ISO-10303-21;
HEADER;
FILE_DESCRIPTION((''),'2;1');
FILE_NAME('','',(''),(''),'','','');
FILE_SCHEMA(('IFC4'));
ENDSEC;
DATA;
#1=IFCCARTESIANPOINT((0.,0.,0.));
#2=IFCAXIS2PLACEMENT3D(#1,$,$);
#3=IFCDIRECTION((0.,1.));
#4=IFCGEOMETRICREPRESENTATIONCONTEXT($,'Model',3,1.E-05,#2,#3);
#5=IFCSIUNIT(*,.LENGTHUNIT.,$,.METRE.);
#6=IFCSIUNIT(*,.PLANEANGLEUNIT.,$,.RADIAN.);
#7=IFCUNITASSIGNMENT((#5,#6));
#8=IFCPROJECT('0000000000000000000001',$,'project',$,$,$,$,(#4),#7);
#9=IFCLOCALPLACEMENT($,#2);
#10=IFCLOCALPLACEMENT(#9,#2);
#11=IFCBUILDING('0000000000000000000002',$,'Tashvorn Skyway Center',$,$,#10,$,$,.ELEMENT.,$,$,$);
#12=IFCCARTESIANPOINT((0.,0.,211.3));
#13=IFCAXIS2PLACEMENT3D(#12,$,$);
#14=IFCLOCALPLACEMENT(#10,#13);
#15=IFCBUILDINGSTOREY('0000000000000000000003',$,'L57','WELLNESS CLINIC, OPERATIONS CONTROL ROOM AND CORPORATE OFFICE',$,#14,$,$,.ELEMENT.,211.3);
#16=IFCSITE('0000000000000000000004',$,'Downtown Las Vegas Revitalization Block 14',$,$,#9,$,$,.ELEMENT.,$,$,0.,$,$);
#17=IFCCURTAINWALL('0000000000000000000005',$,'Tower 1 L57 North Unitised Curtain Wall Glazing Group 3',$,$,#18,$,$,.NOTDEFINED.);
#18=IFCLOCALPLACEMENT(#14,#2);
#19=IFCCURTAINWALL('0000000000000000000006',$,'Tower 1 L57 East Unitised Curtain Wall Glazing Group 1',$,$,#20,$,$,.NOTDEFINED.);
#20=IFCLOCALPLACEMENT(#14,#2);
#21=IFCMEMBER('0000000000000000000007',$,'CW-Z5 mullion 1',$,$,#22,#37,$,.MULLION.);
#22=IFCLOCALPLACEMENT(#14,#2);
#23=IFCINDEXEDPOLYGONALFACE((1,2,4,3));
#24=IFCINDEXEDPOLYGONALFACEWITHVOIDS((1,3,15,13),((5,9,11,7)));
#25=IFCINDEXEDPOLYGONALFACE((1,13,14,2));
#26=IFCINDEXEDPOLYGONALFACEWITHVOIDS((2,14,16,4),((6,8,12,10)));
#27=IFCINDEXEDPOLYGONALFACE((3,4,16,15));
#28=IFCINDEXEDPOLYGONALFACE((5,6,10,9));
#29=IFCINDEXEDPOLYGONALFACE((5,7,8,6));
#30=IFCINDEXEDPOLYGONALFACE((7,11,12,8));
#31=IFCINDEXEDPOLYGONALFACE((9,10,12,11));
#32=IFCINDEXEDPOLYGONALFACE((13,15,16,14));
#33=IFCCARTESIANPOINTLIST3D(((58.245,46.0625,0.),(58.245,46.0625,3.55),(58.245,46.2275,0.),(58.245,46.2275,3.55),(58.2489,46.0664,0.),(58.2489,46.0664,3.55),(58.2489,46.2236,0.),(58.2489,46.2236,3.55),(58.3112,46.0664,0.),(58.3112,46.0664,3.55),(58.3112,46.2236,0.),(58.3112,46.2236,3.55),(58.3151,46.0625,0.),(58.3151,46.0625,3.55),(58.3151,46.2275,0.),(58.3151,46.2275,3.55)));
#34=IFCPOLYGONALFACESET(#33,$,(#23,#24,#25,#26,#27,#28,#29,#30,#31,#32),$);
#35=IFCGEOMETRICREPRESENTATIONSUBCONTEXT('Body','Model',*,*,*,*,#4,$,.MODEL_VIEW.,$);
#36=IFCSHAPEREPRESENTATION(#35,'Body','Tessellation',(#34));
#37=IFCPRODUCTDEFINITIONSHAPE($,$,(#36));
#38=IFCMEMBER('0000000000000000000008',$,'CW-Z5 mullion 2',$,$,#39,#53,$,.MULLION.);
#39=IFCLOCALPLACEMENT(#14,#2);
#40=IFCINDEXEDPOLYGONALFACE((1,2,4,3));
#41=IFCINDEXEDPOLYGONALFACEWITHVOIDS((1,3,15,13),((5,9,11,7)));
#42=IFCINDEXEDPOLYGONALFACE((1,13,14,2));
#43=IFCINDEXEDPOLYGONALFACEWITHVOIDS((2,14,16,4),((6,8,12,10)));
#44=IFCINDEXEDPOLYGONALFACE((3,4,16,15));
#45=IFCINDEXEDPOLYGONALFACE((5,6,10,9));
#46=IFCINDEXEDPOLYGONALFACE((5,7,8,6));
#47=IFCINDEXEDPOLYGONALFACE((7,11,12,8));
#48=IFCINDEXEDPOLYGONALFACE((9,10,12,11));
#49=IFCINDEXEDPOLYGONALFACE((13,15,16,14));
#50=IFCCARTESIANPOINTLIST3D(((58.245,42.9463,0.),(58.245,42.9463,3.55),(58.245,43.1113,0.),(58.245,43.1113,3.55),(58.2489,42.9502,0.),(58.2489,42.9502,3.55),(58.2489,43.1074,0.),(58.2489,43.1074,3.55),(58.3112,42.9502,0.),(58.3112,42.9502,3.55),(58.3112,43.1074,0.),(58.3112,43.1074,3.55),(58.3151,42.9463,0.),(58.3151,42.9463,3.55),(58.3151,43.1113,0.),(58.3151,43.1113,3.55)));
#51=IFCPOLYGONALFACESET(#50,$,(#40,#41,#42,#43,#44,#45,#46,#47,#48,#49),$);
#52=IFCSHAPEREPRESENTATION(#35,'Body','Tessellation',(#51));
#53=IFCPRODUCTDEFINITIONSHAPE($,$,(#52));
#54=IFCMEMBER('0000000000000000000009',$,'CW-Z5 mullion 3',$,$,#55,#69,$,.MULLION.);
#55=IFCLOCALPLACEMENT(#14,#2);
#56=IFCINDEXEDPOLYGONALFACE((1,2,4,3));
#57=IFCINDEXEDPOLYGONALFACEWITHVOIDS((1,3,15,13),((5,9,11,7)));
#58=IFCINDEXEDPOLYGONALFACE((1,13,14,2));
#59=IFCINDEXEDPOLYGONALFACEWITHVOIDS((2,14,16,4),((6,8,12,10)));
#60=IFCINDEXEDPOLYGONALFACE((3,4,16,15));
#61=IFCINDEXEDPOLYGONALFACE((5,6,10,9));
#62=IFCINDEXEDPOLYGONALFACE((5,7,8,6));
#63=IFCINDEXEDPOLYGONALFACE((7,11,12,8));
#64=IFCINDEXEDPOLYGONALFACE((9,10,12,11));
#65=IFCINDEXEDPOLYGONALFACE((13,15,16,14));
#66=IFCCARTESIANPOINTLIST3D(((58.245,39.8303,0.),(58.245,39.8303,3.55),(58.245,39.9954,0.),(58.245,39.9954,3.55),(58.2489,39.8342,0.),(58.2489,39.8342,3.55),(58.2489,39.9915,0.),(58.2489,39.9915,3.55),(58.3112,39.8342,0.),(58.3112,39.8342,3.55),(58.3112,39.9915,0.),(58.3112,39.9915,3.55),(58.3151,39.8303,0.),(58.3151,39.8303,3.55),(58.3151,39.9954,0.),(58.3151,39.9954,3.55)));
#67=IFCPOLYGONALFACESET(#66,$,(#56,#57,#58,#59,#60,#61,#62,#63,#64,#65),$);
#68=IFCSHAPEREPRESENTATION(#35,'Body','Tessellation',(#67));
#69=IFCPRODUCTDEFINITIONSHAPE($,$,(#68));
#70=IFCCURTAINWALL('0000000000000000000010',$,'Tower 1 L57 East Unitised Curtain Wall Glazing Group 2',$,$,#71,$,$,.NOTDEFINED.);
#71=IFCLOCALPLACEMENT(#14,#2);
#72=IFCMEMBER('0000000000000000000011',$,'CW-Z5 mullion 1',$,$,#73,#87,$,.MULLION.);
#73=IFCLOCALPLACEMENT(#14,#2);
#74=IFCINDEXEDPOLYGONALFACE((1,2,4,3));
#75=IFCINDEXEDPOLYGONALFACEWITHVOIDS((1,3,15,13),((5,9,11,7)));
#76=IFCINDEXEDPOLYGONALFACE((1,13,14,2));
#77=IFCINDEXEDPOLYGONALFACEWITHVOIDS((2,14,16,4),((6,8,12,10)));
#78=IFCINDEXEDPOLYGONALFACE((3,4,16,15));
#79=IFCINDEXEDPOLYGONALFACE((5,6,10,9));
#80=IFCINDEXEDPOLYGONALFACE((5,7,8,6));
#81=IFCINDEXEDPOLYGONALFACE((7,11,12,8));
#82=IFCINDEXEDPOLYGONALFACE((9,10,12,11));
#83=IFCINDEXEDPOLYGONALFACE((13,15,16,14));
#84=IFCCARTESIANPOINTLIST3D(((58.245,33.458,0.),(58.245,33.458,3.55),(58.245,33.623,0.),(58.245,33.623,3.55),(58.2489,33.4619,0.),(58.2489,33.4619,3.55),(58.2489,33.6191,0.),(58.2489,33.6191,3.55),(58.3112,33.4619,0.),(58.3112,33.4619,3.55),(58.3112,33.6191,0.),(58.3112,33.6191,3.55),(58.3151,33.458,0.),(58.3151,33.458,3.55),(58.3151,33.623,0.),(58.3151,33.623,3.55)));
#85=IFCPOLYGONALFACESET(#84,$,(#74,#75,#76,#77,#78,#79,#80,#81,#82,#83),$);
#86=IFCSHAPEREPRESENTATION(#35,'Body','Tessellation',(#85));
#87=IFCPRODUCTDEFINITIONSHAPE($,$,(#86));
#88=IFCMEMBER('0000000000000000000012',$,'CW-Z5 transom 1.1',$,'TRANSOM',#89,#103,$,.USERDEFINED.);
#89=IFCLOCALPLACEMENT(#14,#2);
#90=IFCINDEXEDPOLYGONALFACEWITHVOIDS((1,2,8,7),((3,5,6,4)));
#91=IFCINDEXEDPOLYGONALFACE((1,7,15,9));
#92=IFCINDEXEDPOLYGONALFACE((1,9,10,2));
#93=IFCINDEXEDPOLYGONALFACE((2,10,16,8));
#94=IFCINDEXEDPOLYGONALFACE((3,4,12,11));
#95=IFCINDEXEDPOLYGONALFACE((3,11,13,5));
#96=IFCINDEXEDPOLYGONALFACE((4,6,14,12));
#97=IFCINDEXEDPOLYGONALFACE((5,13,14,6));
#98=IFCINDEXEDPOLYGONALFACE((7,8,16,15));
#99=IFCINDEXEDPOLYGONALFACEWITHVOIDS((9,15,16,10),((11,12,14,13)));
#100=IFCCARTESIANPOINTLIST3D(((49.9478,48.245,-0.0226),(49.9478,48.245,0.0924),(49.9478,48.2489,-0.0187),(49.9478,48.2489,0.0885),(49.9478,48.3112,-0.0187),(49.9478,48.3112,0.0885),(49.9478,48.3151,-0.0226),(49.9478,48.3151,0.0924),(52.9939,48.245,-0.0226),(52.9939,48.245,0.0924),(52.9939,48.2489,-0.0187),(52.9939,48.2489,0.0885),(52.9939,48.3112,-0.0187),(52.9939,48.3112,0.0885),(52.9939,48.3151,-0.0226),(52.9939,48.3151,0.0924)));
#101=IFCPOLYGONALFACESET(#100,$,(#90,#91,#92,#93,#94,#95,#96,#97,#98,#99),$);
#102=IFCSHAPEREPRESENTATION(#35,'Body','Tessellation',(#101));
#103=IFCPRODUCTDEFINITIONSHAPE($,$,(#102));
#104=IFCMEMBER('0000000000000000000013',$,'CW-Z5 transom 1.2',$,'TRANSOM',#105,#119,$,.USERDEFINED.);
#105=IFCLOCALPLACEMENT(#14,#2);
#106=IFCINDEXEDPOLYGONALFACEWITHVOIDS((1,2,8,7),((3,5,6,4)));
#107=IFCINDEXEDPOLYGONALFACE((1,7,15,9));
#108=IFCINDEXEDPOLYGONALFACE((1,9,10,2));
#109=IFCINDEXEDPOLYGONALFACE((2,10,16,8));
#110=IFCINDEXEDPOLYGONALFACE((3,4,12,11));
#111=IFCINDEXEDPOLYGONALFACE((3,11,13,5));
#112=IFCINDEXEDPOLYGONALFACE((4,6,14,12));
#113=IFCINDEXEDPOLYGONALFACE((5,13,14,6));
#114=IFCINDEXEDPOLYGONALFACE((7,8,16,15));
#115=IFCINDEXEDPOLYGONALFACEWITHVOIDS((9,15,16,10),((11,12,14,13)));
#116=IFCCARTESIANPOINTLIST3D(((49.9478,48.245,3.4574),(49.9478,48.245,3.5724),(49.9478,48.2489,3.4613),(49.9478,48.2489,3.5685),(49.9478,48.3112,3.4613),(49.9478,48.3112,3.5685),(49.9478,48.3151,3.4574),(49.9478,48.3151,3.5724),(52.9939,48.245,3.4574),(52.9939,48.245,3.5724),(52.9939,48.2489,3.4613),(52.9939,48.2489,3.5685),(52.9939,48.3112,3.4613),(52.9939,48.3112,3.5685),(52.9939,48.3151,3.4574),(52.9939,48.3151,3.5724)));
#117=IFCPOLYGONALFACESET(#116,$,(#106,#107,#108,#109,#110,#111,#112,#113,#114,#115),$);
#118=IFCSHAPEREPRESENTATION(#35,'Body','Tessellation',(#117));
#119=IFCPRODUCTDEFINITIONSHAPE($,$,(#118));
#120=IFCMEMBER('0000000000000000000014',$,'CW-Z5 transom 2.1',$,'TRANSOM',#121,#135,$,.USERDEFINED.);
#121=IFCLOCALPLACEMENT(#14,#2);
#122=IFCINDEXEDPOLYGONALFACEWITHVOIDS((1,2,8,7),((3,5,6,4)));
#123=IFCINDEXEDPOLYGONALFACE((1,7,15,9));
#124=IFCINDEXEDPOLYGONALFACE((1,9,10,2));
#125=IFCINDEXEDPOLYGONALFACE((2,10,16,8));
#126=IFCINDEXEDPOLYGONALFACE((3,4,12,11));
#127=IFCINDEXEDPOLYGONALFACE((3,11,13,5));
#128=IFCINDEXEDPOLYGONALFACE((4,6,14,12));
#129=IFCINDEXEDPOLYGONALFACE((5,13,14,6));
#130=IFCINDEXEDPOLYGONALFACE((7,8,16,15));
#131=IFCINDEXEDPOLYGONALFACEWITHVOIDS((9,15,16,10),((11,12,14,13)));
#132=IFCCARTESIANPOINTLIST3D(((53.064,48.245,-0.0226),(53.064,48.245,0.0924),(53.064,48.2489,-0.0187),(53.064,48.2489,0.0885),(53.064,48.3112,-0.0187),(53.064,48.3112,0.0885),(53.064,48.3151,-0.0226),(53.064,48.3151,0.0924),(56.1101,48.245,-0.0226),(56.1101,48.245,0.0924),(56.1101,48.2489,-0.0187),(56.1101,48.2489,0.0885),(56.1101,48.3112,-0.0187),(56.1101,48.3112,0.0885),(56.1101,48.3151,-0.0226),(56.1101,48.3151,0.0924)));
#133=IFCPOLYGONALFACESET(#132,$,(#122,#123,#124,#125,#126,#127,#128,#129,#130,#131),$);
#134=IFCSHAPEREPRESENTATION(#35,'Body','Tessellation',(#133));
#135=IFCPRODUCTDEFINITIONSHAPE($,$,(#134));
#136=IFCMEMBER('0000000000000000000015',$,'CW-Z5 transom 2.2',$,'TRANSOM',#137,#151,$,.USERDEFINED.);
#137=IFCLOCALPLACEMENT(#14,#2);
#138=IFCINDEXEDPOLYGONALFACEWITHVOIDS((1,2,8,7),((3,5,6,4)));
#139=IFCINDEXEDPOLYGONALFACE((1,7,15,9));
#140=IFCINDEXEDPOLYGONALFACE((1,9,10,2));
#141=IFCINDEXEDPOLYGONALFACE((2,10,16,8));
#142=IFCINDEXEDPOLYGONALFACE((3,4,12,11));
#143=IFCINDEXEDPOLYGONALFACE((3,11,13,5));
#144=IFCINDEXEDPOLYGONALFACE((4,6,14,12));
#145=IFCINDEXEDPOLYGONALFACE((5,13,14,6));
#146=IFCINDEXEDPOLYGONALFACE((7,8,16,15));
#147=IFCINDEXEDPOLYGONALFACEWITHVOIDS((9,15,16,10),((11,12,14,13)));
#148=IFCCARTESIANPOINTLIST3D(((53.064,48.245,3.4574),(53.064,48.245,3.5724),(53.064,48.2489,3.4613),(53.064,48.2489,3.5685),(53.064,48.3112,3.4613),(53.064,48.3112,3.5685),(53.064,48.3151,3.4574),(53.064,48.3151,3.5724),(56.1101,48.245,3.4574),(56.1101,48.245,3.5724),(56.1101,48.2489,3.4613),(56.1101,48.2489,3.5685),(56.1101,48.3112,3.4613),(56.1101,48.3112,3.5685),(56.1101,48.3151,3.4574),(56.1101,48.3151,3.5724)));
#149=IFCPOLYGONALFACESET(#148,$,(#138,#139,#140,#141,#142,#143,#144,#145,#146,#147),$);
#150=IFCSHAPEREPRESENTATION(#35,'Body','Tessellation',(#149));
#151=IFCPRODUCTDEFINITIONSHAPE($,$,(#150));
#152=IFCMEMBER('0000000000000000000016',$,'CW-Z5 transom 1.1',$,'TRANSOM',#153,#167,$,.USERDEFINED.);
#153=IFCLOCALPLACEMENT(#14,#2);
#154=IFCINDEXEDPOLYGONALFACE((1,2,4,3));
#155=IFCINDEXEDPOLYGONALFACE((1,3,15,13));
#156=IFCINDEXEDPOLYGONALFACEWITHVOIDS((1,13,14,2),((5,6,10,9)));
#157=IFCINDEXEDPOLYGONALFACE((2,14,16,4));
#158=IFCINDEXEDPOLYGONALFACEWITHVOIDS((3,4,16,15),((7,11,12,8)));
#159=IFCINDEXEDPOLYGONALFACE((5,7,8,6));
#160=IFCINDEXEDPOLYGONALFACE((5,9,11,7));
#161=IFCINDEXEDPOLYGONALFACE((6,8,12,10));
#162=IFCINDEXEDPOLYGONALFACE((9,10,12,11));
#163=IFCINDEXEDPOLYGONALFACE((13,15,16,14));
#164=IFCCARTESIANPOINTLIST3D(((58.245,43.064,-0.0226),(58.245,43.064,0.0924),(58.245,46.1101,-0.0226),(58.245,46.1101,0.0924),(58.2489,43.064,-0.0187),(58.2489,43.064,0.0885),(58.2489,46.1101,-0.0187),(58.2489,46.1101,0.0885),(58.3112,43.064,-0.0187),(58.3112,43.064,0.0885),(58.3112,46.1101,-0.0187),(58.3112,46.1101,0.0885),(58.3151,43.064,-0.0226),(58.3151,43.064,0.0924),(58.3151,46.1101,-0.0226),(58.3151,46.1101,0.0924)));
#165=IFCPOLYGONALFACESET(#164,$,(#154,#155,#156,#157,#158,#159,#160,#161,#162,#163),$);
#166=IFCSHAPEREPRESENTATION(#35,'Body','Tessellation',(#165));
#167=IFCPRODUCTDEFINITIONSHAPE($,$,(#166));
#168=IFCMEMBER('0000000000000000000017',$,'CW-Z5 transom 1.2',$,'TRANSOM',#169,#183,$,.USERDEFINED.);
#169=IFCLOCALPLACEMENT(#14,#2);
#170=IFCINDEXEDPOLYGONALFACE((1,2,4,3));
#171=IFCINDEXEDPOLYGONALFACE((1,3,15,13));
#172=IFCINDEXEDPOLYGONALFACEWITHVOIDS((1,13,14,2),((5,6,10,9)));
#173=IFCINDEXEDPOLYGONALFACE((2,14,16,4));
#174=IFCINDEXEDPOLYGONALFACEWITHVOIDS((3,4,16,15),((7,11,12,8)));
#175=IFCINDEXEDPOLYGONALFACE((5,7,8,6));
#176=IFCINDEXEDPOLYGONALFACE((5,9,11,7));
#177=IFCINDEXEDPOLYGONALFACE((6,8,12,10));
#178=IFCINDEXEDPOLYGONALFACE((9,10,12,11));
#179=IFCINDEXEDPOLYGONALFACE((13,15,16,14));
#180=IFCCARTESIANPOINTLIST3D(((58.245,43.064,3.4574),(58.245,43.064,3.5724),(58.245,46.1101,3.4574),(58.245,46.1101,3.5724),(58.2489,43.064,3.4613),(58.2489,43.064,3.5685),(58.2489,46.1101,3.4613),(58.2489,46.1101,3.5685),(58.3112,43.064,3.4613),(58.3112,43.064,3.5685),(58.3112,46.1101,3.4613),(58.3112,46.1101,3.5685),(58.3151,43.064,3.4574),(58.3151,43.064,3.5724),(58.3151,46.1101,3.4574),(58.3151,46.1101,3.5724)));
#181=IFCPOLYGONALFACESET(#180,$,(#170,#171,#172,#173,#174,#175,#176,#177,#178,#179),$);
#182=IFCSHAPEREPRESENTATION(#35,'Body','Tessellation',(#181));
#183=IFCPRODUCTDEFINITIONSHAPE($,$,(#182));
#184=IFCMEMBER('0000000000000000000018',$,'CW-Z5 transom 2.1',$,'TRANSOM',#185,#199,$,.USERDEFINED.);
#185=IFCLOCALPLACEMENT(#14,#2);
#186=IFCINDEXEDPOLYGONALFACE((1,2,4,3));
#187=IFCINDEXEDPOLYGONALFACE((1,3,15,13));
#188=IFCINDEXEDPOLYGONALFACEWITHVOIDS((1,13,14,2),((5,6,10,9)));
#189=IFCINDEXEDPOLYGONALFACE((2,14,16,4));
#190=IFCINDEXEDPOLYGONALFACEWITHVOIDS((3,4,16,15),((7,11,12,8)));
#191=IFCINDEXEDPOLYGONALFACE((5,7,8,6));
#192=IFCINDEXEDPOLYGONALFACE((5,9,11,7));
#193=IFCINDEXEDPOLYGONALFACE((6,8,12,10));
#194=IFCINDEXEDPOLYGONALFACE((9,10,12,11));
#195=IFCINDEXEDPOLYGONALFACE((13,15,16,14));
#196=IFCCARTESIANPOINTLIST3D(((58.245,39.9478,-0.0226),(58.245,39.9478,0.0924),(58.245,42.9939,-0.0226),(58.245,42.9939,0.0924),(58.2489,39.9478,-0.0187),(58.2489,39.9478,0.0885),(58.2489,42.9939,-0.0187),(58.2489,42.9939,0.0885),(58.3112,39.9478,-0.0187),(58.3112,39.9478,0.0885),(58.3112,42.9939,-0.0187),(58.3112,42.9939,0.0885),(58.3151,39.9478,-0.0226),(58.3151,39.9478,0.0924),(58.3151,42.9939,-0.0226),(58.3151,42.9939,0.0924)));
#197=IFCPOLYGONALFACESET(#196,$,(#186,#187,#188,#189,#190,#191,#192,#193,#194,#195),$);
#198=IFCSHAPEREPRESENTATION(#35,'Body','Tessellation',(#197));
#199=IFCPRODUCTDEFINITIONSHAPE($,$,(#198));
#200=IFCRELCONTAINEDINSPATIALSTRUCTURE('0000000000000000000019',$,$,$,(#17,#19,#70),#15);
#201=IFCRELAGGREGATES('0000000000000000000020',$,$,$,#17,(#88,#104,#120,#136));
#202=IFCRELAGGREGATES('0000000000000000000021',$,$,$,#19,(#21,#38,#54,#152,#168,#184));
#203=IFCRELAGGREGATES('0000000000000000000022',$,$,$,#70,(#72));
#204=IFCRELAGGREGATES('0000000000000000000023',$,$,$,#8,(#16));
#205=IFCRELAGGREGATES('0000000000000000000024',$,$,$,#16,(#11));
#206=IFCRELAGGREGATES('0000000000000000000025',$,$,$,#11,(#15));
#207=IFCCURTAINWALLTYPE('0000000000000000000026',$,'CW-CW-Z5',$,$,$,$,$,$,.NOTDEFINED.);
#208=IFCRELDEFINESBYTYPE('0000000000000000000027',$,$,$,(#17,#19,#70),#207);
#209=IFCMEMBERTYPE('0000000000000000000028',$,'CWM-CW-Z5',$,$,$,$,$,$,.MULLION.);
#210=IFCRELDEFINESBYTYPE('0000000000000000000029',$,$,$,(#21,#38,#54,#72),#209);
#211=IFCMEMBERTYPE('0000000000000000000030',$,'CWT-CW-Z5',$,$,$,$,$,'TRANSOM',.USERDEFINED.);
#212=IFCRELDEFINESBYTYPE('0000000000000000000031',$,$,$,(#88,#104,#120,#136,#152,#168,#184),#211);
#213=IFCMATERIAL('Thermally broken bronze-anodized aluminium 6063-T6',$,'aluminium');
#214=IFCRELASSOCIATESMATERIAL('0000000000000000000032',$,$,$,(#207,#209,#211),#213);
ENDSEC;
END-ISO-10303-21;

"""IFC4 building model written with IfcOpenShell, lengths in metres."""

from ifc_helpers import new_model, si_unit, direction, frame, origin, origin_2d, place, context, subcontext, project, spatial, hollow_rectangle, extrude, material, material_profile, profile_set, type_object, element, aggregate, save


model = new_model("IFC4")

# Units and contexts
model_context = context("Model", 3, precision=1e-05, world=origin(), true_north=direction((0.0, 1.0)))
body_context = subcontext(model_context, "Body", "Model", "MODEL_VIEW")
ifc_project = project(units=[si_unit("LENGTHUNIT", "METRE"), si_unit("PLANEANGLEUNIT", "RADIAN")], contexts=[model_context])

# Site, building, storey
site_placement = place(None, origin())
site = spatial("IfcSite", under=ifc_project, at=site_placement, Name="Downtown Las Vegas Revitalization Block 14", CompositionType="ELEMENT", RefElevation=0.0)
building_placement = place(site_placement, origin())
building = spatial("IfcBuilding", under=site, at=building_placement, Name="Tashvorn Skyway Center", CompositionType="ELEMENT")
storey_placement = place(building_placement, frame((0.0, 0.0, 211.3)))
storey = spatial("IfcBuildingStorey", under=building, at=storey_placement, Name="L57", Description="WELLNESS CLINIC, OPERATIONS CONTROL ROOM AND CORPORATE OFFICE", CompositionType="ELEMENT", Elevation=211.3)

# Curtain walls, members
ifc_material_1 = material(Name="Thermally broken bronze-anodized aluminium 6063-T6", Category="aluminium")
curtain_wall_type = type_object("IfcCurtainWallType", Name="CW-CW-Z5", PredefinedType="NOTDEFINED", material=ifc_material_1)
curtain_wall_1_placement = place(storey_placement, origin())
curtain_wall_1 = element("IfcCurtainWall", 1, at=curtain_wall_1_placement, inside=storey, type_object=curtain_wall_type, Name="Tower 1 L57 North Unitised Curtain Wall Glazing Group 3", PredefinedType="NOTDEFINED")
ifc_material_profile_1 = material_profile(ifc_material_1, hollow_rectangle(XDim=0.0701, YDim=0.165, WallThickness=0.0039, at=origin_2d()), Name="ALU-MULL-70x165")
ifc_profile_set_1 = profile_set([ifc_material_profile_1], Name="Thermally broken bronze-anodized aluminium 6063-T6")
member_type_1 = type_object("IfcMemberType", Name="CWM-CW-Z5", PredefinedType="MULLION", material=ifc_profile_set_1)
curtain_wall_2_placement = place(storey_placement, origin())
curtain_wall_2 = element("IfcCurtainWall", 2, at=curtain_wall_2_placement, inside=storey, type_object=curtain_wall_type, Name="Tower 1 L57 East Unitised Curtain Wall Glazing Group 1", PredefinedType="NOTDEFINED")
member_1_placement = place(storey_placement, frame((58.28, 46.145, 0.0), z_axis=(0.0, 0.0, 1.0), x_axis=(1.0, 0.0, 0.0)))
member_1 = element("IfcMember", 3, at=member_1_placement, type_object=member_type_1, Name="CW-Z5 mullion 1", PredefinedType="MULLION", context=body_context, shape_type="SweptSolid", body=[
    extrude(hollow_rectangle(XDim=0.0701, YDim=0.165, WallThickness=0.0039, at=origin_2d()), origin(), (0.0, 0.0, 1.0), 3.55),
])
member_2_placement = place(storey_placement, frame((58.28, 43.0288, 0.0), z_axis=(0.0, 0.0, 1.0), x_axis=(1.0, 0.0, 0.0)))
member_2 = element("IfcMember", 4, at=member_2_placement, type_object=member_type_1, Name="CW-Z5 mullion 2", PredefinedType="MULLION", context=body_context, shape_type="SweptSolid", body=[
    extrude(hollow_rectangle(XDim=0.0701, YDim=0.165, WallThickness=0.0039, at=origin_2d()), origin(), (0.0, 0.0, 1.0), 3.55),
])
member_3_placement = place(storey_placement, frame((58.28, 39.9128, 0.0), z_axis=(0.0, 0.0, 1.0), x_axis=(1.0, 0.0, 0.0)))
member_3 = element("IfcMember", 5, at=member_3_placement, type_object=member_type_1, Name="CW-Z5 mullion 3", PredefinedType="MULLION", context=body_context, shape_type="SweptSolid", body=[
    extrude(hollow_rectangle(XDim=0.0701, YDim=0.165, WallThickness=0.0039, at=origin_2d()), origin(), (0.0, 0.0, 1.0), 3.55),
])

# Curtain wall, member
curtain_wall_3_placement = place(storey_placement, origin())
curtain_wall_3 = element("IfcCurtainWall", 6, at=curtain_wall_3_placement, inside=storey, type_object=curtain_wall_type, Name="Tower 1 L57 East Unitised Curtain Wall Glazing Group 2", PredefinedType="NOTDEFINED")
member_4_placement = place(storey_placement, frame((58.28, 33.5405, 0.0), z_axis=(0.0, 0.0, 1.0), x_axis=(1.0, 0.0, 0.0)))
member_4 = element("IfcMember", 7, at=member_4_placement, type_object=member_type_1, Name="CW-Z5 mullion 1", PredefinedType="MULLION", context=body_context, shape_type="SweptSolid", body=[
    extrude(hollow_rectangle(XDim=0.0701, YDim=0.165, WallThickness=0.0039, at=origin_2d()), origin(), (0.0, 0.0, 1.0), 3.55),
])

# Members
ifc_material_profile_2 = material_profile(ifc_material_1, hollow_rectangle(XDim=0.0701, YDim=0.115, WallThickness=0.0039, at=origin_2d()), Name="ALU-TRAN-70x115")
ifc_profile_set_2 = profile_set([ifc_material_profile_2], Name="Thermally broken bronze-anodized aluminium 6063-T6")
member_type_2 = type_object("IfcMemberType", Name="CWT-CW-Z5", ElementType="TRANSOM", PredefinedType="USERDEFINED", material=ifc_profile_set_2)
member_5_placement = place(storey_placement, frame((49.9478, 48.28, 0.0349), z_axis=(1.0, 0.0, 0.0), x_axis=(0.0, 1.0, 0.0)))
member_5 = element("IfcMember", 8, at=member_5_placement, type_object=member_type_2, Name="CW-Z5 transom 1.1", ObjectType="TRANSOM", PredefinedType="USERDEFINED", context=body_context, shape_type="SweptSolid", body=[
    extrude(hollow_rectangle(XDim=0.0701, YDim=0.115, WallThickness=0.0039, at=origin_2d()), origin(), (0.0, 0.0, 1.0), 3.0461),
])
member_6_placement = place(storey_placement, frame((49.9478, 48.28, 3.5149), z_axis=(1.0, 0.0, 0.0), x_axis=(0.0, 1.0, 0.0)))
member_6 = element("IfcMember", 9, at=member_6_placement, type_object=member_type_2, Name="CW-Z5 transom 1.2", ObjectType="TRANSOM", PredefinedType="USERDEFINED", context=body_context, shape_type="SweptSolid", body=[
    extrude(hollow_rectangle(XDim=0.0701, YDim=0.115, WallThickness=0.0039, at=origin_2d()), origin(), (0.0, 0.0, 1.0), 3.0461),
])
member_7_placement = place(storey_placement, frame((53.064, 48.28, 0.0349), z_axis=(1.0, 0.0, 0.0), x_axis=(0.0, 1.0, 0.0)))
member_7 = element("IfcMember", 10, at=member_7_placement, type_object=member_type_2, Name="CW-Z5 transom 2.1", ObjectType="TRANSOM", PredefinedType="USERDEFINED", context=body_context, shape_type="SweptSolid", body=[
    extrude(hollow_rectangle(XDim=0.0701, YDim=0.115, WallThickness=0.0039, at=origin_2d()), origin(), (0.0, 0.0, 1.0), 3.0461),
])
member_8_placement = place(storey_placement, frame((53.064, 48.28, 3.5149), z_axis=(1.0, 0.0, 0.0), x_axis=(0.0, 1.0, 0.0)))
member_8 = element("IfcMember", 11, at=member_8_placement, type_object=member_type_2, Name="CW-Z5 transom 2.2", ObjectType="TRANSOM", PredefinedType="USERDEFINED", context=body_context, shape_type="SweptSolid", body=[
    extrude(hollow_rectangle(XDim=0.0701, YDim=0.115, WallThickness=0.0039, at=origin_2d()), origin(), (0.0, 0.0, 1.0), 3.0461),
])
member_9_placement = place(storey_placement, frame((58.28, 46.1101, 0.0349), z_axis=(0.0, -1.0, 0.0), x_axis=(1.0, 0.0, 0.0)))
member_9 = element("IfcMember", 12, at=member_9_placement, type_object=member_type_2, Name="CW-Z5 transom 1.1", ObjectType="TRANSOM", PredefinedType="USERDEFINED", context=body_context, shape_type="SweptSolid", body=[
    extrude(hollow_rectangle(XDim=0.0701, YDim=0.115, WallThickness=0.0039, at=origin_2d()), origin(), (0.0, 0.0, 1.0), 3.0461),
])
member_10_placement = place(storey_placement, frame((58.28, 46.1101, 3.5149), z_axis=(0.0, -1.0, 0.0), x_axis=(1.0, 0.0, 0.0)))
member_10 = element("IfcMember", 13, at=member_10_placement, type_object=member_type_2, Name="CW-Z5 transom 1.2", ObjectType="TRANSOM", PredefinedType="USERDEFINED", context=body_context, shape_type="SweptSolid", body=[
    extrude(hollow_rectangle(XDim=0.0701, YDim=0.115, WallThickness=0.0039, at=origin_2d()), origin(), (0.0, 0.0, 1.0), 3.0461),
])
member_11_placement = place(storey_placement, frame((58.28, 42.9939, 0.0349), z_axis=(0.0, -1.0, 0.0), x_axis=(1.0, 0.0, 0.0)))
member_11 = element("IfcMember", 14, at=member_11_placement, type_object=member_type_2, Name="CW-Z5 transom 2.1", ObjectType="TRANSOM", PredefinedType="USERDEFINED", context=body_context, shape_type="SweptSolid", body=[
    extrude(hollow_rectangle(XDim=0.0701, YDim=0.115, WallThickness=0.0039, at=origin_2d()), origin(), (0.0, 0.0, 1.0), 3.0461),
])

aggregate(curtain_wall_1, [member_5, member_6, member_7, member_8])
aggregate(curtain_wall_2, [member_1, member_2, member_3, member_9, member_10, member_11])
aggregate(curtain_wall_3, [member_4])

save(model, "model.ifc")
